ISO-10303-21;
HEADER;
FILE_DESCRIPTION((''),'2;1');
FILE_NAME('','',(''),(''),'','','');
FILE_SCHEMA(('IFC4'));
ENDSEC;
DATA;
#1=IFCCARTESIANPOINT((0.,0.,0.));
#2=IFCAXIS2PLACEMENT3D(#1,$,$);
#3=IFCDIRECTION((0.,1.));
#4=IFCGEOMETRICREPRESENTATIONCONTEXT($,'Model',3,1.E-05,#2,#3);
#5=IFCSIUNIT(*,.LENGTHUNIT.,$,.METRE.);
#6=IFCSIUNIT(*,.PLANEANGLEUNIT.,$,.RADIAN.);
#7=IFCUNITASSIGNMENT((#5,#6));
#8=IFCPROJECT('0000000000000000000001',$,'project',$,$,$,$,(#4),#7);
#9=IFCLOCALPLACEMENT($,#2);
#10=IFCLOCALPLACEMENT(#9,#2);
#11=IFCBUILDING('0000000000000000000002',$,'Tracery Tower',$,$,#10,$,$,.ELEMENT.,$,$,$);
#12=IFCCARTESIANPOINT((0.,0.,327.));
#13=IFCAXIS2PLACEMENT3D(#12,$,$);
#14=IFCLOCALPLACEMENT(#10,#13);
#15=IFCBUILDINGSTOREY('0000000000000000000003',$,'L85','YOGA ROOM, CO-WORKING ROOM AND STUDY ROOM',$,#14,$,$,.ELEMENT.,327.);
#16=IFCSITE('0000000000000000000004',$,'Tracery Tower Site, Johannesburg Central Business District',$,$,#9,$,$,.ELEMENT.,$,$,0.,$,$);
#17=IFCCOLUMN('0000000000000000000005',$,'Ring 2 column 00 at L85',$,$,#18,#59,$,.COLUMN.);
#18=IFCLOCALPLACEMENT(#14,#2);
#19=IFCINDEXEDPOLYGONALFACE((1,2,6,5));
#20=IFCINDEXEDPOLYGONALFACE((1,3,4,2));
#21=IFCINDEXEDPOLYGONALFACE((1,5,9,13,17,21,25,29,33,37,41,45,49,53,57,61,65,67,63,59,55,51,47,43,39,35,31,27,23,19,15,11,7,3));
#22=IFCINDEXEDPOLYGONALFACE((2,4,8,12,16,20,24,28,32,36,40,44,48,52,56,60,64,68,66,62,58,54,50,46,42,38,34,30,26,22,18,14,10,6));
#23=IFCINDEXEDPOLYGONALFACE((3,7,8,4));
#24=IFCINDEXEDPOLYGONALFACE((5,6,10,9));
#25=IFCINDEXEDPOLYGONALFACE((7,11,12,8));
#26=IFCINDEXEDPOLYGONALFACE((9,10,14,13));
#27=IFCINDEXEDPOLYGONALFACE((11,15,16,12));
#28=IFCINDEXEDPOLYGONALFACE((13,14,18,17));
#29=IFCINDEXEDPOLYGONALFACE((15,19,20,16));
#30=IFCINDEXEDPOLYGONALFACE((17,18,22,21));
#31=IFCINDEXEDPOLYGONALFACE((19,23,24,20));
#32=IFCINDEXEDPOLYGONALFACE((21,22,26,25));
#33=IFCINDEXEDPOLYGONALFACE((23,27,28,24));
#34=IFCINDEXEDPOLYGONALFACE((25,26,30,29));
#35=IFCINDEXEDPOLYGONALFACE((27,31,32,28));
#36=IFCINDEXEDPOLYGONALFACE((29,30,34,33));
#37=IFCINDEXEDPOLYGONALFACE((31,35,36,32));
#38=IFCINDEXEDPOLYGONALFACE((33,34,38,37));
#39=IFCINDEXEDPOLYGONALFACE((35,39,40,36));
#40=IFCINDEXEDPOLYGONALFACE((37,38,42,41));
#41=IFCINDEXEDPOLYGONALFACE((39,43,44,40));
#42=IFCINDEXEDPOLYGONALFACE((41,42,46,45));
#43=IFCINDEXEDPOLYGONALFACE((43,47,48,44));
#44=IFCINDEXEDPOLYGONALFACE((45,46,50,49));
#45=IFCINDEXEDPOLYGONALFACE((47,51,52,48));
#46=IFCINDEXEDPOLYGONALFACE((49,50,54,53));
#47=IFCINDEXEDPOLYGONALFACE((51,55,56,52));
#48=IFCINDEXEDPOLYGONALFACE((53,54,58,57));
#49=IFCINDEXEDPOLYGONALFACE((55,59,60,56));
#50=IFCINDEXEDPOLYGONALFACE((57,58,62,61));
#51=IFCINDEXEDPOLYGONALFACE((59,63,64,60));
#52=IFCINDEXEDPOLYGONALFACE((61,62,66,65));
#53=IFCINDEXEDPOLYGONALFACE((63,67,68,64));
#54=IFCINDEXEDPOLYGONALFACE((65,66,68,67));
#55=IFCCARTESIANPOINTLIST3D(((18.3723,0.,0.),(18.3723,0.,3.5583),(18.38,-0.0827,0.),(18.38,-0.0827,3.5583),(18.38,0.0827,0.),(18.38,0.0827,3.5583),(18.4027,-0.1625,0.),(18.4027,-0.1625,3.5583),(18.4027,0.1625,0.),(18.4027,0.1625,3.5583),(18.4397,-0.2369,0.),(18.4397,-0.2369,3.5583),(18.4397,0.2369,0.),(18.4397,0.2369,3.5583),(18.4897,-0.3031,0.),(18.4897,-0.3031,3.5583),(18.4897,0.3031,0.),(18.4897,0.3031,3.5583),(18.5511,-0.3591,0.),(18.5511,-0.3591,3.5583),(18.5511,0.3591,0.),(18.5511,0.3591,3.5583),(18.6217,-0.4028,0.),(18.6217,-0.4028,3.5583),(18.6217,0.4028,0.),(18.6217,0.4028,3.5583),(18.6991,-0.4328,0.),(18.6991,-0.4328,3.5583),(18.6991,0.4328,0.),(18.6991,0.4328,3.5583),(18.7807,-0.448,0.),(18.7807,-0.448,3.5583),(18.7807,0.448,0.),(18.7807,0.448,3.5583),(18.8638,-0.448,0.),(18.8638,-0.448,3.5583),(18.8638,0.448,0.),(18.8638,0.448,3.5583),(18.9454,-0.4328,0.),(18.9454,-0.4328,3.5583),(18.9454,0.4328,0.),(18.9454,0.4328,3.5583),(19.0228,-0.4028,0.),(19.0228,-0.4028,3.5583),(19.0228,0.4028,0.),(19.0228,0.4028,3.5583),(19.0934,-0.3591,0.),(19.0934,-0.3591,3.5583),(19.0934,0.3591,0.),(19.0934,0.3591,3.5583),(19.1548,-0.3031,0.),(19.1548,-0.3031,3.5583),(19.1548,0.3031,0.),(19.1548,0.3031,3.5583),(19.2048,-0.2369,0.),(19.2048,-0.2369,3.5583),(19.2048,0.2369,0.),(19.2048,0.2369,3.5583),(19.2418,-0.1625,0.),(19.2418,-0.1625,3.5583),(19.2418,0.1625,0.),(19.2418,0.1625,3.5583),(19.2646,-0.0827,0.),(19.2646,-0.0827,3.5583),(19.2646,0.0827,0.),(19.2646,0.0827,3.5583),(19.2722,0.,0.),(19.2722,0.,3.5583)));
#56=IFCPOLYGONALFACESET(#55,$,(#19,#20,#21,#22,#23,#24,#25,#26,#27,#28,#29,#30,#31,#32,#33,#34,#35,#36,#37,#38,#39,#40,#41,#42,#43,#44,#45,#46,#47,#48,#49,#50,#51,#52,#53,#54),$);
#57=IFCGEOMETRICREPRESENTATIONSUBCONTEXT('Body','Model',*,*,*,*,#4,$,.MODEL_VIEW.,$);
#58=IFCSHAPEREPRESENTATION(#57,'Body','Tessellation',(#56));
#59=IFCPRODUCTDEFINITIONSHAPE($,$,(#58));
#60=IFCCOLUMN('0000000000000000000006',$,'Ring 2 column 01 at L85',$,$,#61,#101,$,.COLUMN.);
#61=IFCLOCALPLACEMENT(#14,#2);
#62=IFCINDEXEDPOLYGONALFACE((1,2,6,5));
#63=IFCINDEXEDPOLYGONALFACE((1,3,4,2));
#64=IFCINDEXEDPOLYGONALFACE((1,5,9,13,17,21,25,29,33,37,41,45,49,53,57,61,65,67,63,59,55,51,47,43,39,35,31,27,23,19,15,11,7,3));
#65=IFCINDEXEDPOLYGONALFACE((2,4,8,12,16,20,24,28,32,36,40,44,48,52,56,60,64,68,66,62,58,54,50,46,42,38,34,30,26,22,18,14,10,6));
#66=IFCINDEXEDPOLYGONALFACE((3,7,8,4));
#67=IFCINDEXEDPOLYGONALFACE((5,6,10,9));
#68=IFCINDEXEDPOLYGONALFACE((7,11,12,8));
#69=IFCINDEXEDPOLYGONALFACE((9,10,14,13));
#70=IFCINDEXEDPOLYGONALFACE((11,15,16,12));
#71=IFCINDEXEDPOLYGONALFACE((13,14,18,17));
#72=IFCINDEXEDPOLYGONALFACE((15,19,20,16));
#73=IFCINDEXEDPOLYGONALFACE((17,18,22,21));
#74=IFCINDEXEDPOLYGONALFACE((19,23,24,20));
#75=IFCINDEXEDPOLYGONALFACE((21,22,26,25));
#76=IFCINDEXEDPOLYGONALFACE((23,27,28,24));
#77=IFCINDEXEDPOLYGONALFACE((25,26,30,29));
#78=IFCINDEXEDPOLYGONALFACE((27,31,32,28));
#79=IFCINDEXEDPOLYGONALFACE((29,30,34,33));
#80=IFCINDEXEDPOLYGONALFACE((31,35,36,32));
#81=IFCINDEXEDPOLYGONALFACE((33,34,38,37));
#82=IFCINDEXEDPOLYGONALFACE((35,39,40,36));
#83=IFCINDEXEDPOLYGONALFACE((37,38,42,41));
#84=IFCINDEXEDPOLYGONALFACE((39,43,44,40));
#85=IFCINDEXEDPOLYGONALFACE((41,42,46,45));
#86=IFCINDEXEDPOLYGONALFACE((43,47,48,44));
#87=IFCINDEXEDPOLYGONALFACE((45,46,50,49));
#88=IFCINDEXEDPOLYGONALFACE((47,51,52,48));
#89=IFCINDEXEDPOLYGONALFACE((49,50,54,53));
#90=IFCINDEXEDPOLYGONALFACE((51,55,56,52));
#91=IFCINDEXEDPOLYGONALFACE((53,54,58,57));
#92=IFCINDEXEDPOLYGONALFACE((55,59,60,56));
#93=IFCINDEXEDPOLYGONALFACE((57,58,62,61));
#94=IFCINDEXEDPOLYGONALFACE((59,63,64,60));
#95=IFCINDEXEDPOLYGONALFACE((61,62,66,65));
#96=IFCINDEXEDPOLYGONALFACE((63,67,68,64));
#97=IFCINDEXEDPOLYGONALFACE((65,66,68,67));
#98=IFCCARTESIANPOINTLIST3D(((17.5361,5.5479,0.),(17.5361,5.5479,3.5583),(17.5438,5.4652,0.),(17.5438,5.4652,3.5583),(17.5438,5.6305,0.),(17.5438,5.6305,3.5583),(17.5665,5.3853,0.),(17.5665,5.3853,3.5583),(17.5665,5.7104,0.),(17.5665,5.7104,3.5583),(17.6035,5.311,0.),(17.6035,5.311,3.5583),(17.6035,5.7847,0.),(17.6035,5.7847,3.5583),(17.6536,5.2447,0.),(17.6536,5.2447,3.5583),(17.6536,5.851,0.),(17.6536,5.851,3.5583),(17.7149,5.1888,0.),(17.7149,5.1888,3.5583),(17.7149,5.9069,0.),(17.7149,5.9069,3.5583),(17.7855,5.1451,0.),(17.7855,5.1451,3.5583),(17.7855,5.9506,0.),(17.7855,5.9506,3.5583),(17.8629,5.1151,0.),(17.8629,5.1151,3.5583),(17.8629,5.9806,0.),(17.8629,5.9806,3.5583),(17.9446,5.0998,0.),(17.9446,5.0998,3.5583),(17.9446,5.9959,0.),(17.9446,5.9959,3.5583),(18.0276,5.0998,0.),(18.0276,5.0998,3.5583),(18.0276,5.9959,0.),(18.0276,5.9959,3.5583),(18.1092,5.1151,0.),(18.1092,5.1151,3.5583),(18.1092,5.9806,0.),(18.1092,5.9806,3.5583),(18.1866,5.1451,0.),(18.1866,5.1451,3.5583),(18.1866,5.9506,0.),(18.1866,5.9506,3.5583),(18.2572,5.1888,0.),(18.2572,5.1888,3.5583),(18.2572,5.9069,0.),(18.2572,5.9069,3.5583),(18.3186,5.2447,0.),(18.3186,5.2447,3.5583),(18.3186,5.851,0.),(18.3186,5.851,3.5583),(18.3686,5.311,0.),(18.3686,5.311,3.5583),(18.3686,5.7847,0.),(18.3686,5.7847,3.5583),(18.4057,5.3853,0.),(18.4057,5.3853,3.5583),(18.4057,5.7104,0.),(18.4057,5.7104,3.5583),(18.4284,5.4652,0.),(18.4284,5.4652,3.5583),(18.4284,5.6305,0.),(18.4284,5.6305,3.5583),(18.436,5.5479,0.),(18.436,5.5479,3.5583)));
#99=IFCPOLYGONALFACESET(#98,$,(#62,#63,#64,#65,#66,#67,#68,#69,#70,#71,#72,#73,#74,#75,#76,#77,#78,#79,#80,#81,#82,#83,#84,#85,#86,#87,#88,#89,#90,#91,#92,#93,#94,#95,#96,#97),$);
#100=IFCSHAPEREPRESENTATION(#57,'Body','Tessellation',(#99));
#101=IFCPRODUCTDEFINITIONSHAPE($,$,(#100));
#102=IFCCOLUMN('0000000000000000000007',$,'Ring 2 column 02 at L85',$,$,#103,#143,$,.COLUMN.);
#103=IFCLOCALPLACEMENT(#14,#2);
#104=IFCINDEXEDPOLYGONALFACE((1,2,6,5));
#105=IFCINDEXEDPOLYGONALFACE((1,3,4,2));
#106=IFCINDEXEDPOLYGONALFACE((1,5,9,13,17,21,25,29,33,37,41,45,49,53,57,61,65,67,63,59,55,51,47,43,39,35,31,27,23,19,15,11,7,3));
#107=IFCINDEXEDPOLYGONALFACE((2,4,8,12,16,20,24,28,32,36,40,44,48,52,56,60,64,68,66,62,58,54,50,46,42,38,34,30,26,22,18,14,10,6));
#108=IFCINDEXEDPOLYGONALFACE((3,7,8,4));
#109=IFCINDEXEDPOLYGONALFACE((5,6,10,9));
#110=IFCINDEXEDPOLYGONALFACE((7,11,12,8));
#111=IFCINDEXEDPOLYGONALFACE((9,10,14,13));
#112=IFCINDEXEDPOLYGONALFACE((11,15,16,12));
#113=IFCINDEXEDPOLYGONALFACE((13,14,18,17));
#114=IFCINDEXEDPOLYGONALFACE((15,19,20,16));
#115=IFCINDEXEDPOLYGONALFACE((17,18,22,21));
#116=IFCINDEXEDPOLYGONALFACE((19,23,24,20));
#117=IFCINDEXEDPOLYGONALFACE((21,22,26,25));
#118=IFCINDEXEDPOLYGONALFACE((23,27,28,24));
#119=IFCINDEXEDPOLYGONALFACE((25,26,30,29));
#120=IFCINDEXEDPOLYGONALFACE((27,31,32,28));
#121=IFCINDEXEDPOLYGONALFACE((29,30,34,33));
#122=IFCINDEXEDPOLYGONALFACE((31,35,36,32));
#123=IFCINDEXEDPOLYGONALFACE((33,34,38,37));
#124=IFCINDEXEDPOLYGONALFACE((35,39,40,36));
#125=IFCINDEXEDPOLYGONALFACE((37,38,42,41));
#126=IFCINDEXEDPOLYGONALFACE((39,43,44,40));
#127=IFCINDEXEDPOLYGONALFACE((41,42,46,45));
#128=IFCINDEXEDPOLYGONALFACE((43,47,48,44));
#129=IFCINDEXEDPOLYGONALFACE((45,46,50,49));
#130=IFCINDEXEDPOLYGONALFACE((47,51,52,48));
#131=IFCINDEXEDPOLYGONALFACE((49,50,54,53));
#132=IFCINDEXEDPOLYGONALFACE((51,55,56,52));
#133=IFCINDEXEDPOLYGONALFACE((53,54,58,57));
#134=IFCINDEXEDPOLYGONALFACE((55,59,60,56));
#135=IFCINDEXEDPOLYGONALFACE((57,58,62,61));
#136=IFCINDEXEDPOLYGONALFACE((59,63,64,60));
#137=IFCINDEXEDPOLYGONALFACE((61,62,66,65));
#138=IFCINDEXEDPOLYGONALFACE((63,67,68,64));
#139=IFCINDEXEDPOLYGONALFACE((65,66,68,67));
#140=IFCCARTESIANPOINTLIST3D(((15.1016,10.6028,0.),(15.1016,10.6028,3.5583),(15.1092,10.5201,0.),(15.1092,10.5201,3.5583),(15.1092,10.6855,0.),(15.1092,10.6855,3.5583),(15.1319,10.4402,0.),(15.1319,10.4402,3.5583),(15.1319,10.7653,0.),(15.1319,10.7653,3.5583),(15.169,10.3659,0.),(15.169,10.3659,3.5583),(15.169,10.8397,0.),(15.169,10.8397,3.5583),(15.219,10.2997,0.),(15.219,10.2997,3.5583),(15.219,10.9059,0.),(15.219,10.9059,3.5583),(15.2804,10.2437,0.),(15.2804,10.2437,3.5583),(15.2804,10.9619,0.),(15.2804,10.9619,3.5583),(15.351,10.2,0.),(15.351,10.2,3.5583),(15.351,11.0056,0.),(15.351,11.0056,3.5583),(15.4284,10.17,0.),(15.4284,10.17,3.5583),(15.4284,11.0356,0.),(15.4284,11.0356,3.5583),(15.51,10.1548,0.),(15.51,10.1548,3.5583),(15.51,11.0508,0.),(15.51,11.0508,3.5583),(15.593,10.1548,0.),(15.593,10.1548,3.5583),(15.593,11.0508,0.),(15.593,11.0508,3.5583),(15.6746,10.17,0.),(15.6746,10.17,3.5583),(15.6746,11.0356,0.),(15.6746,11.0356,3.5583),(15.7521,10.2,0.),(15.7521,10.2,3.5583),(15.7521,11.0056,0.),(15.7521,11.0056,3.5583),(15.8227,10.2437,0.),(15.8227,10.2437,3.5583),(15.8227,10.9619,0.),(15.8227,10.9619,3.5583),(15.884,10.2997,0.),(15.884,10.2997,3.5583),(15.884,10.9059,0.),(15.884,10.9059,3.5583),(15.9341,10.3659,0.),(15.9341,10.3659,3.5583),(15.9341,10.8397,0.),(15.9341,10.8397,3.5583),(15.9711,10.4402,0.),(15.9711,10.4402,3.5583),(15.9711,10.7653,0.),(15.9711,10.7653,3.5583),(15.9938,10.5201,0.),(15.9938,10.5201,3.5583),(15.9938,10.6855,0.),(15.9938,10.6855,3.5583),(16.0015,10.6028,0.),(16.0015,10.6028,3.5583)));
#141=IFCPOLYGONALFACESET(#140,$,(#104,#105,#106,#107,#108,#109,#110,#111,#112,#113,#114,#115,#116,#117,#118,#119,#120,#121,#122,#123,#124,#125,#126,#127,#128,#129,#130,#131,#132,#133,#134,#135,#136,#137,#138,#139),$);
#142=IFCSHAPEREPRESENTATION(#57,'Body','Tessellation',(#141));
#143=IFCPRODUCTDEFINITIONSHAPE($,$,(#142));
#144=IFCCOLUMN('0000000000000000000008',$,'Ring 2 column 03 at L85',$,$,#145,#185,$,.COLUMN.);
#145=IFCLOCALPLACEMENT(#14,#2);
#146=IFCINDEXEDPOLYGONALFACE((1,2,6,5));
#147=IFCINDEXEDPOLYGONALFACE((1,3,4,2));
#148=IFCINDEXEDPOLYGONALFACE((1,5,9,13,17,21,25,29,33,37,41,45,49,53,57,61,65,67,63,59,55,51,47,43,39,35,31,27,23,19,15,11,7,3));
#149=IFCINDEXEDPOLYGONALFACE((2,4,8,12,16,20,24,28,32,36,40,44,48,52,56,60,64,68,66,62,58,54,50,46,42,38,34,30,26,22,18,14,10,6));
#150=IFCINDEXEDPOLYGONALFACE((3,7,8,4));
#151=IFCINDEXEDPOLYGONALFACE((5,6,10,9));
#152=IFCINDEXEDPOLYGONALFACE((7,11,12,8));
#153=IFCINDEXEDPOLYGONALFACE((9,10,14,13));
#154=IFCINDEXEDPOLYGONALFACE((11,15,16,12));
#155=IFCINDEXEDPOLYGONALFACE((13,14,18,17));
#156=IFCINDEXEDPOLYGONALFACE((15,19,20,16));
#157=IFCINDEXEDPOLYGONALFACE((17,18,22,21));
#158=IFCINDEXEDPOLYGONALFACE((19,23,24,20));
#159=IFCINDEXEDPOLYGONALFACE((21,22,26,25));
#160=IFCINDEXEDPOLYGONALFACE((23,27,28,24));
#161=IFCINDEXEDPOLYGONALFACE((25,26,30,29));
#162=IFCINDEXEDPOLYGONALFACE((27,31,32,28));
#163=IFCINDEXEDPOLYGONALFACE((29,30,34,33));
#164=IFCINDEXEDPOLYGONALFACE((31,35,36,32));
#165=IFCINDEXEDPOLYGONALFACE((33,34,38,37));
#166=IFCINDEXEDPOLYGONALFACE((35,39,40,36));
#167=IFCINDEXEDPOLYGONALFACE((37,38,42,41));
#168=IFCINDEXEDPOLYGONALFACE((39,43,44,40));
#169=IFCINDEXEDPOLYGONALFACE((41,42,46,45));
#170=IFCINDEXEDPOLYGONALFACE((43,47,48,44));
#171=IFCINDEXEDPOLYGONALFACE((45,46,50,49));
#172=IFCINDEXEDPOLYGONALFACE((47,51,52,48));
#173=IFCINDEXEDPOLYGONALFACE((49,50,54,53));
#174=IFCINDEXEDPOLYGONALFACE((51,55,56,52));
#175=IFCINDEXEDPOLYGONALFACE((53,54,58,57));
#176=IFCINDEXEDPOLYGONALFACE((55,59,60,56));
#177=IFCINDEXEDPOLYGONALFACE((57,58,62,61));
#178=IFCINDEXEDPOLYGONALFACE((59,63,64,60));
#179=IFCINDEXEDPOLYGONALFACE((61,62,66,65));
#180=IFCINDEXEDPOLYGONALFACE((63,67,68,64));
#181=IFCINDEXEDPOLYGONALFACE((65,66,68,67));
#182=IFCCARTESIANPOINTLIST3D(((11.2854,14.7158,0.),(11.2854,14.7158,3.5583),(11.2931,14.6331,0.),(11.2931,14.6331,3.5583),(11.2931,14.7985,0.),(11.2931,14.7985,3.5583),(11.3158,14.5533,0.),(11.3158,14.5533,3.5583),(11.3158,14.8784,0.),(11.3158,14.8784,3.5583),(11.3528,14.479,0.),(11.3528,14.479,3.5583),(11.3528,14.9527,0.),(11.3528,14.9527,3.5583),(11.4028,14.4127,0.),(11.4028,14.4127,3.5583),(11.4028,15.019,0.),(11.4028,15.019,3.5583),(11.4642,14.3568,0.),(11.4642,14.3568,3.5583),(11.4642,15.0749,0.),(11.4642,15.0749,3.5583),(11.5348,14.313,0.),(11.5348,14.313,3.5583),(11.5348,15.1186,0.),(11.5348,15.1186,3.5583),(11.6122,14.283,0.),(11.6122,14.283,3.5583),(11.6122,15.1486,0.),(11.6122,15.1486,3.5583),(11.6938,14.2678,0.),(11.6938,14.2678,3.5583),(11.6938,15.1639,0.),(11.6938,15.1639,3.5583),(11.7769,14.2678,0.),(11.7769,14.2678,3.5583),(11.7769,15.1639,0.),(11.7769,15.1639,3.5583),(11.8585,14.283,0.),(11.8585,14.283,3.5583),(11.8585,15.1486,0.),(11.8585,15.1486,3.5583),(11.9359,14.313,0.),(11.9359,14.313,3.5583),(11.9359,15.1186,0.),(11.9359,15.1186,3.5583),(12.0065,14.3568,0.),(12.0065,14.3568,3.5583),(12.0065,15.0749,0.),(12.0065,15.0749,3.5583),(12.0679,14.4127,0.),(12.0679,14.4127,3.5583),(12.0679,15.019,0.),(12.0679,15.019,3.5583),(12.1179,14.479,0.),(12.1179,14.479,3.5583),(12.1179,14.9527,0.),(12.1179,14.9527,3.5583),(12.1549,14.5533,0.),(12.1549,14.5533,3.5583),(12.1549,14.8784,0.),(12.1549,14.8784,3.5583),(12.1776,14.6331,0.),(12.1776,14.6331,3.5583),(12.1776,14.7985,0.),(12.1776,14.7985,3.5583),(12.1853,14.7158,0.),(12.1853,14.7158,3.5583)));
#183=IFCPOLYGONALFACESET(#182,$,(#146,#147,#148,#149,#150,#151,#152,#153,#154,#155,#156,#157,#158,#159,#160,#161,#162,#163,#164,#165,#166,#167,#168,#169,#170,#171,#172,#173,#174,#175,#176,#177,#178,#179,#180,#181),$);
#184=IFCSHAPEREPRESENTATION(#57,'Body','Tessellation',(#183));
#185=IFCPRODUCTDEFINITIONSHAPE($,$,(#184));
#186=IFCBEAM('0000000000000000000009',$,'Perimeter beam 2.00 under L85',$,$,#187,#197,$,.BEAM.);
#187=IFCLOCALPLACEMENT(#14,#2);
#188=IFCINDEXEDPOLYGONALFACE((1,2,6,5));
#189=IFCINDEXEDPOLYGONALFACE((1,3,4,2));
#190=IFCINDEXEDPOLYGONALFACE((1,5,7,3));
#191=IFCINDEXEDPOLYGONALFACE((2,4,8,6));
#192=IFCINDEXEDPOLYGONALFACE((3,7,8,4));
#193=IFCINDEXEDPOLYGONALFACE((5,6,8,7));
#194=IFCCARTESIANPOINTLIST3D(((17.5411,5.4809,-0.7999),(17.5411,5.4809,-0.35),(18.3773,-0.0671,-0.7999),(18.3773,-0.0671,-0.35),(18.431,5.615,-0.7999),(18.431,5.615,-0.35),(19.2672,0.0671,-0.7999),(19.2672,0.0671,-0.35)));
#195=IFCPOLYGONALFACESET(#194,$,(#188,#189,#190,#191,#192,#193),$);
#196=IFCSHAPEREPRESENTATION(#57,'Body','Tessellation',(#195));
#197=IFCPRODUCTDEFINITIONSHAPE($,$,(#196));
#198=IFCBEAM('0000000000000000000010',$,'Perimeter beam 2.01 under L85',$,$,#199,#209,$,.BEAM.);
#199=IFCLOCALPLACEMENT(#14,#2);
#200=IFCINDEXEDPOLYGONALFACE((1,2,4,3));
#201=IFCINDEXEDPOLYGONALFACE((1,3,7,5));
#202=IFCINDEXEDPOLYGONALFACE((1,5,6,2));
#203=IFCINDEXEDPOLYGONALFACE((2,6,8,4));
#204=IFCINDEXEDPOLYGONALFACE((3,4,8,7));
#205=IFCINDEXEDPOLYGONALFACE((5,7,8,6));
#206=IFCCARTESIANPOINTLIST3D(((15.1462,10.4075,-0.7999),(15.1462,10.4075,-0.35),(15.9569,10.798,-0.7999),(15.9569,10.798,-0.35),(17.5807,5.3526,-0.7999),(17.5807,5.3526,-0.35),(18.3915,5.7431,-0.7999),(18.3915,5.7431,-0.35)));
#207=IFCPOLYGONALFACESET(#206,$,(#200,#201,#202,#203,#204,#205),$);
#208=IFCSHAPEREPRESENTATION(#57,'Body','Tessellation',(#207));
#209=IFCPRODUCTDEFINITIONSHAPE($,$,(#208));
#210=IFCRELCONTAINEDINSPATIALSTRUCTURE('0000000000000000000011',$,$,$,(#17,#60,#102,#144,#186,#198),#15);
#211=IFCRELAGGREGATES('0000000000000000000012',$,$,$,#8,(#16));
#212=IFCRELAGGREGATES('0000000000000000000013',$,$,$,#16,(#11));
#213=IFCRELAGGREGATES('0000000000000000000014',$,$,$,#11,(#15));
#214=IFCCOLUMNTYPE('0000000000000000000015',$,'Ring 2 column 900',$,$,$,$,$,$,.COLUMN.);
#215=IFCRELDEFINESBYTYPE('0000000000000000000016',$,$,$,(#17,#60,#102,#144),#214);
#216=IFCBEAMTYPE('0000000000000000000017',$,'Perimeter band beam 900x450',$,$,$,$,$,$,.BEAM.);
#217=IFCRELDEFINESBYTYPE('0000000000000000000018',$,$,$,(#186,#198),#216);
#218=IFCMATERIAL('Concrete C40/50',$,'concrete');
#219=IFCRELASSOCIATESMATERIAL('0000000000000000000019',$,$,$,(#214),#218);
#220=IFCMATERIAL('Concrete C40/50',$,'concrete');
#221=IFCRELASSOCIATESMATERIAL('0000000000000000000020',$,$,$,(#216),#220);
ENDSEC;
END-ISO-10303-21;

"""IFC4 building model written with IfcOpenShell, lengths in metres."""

from ifc_helpers import new_model, si_unit, direction, frame, origin, origin_2d, place, context, subcontext, project, spatial, rectangle, circle, extrude, material, material_profile, profile_set, type_object, element, save


model = new_model("IFC4")

# Units and contexts
model_context = context("Model", 3, precision=1e-05, world=origin(), true_north=direction((0.0, 1.0)))
body_context = subcontext(model_context, "Body", "Model", "MODEL_VIEW")
ifc_project = project(units=[si_unit("LENGTHUNIT", "METRE"), si_unit("PLANEANGLEUNIT", "RADIAN")], contexts=[model_context])

# Site, building, storey
site_placement = place(None, origin())
site = spatial("IfcSite", under=ifc_project, at=site_placement, Name="Tracery Tower Site, Johannesburg Central Business District", CompositionType="ELEMENT", RefElevation=0.0)
building_placement = place(site_placement, origin())
building = spatial("IfcBuilding", under=site, at=building_placement, Name="Tracery Tower", CompositionType="ELEMENT")
storey_placement = place(building_placement, frame((0.0, 0.0, 327.0)))
storey = spatial("IfcBuildingStorey", under=building, at=storey_placement, Name="L85", Description="YOGA ROOM, CO-WORKING ROOM AND STUDY ROOM", CompositionType="ELEMENT", Elevation=327.0)

# Columns
ifc_material_1 = material(Name="Concrete C40/50", Category="concrete")
ifc_material_profile_1 = material_profile(ifc_material_1, circle(Radius=0.45, at=origin_2d()), Name="RC D900")
ifc_profile_set_1 = profile_set([ifc_material_profile_1], Name="Concrete C40/50")
column_type = type_object("IfcColumnType", Name="Ring 2 column 900", PredefinedType="COLUMN", material=ifc_profile_set_1)
for number, where, z_axis, x_axis, name in (
    (1, (18.8223, 0.0, 0.0), (0.0, 0.0, 1.0), (1.0, 0.0, 0.0), "Ring 2 column 00 at L85"),
    (2, (17.9861, 5.5479, 0.0), (0.0, 0.0, 1.0), (1.0, 0.0, 0.0), "Ring 2 column 01 at L85"),
    (3, (15.5515, 10.6028, 0.0), (0.0, 0.0, 1.0), (1.0, 0.0, 0.0), "Ring 2 column 02 at L85"),
    (4, (11.7354, 14.7158, 0.0), (0.0, 0.0, 1.0), (1.0, 0.0, 0.0), "Ring 2 column 03 at L85"),
):
    element("IfcColumn", number, at=place(storey_placement, frame(where, z_axis=z_axis, x_axis=x_axis)), inside=storey, type_object=column_type, Name=name, PredefinedType="COLUMN", context=body_context, shape_type="SweptSolid", body=[
        extrude(circle(Radius=0.45, at=origin_2d()), origin(), (0.0, 0.0, 1.0), 3.5583),
    ])

# Beams
ifc_material_2 = material(Name="Concrete C40/50", Category="concrete")
ifc_material_profile_2 = material_profile(ifc_material_2, rectangle(XDim=0.8999, YDim=0.45, at=origin_2d()), Name="RC 900x450")
ifc_profile_set_2 = profile_set([ifc_material_profile_2], Name="Concrete C40/50")
beam_type = type_object("IfcBeamType", Name="Perimeter band beam 900x450", PredefinedType="BEAM", material=ifc_profile_set_2)
for number, where, z_axis, x_axis, name in (
    (5, (18.8223, 0.0, -0.575), (-0.149038, 0.988831, 0.0), (-0.988831, -0.149038, 0.0), "Perimeter beam 2.00 under L85"),
    (6, (17.9861, 5.5479, -0.575), (-0.433919, 0.900952, 0.0), (-0.900952, -0.433919, 0.0), "Perimeter beam 2.01 under L85"),
):
    element("IfcBeam", number, at=place(storey_placement, frame(where, z_axis=z_axis, x_axis=x_axis)), inside=storey, type_object=beam_type, Name=name, PredefinedType="BEAM", context=body_context, shape_type="SweptSolid", body=[
        extrude(rectangle(XDim=0.8999, YDim=0.45, at=origin_2d()), origin(), (0.0, 0.0, 1.0), 5.6106),
    ])

save(model, "model.ifc")
